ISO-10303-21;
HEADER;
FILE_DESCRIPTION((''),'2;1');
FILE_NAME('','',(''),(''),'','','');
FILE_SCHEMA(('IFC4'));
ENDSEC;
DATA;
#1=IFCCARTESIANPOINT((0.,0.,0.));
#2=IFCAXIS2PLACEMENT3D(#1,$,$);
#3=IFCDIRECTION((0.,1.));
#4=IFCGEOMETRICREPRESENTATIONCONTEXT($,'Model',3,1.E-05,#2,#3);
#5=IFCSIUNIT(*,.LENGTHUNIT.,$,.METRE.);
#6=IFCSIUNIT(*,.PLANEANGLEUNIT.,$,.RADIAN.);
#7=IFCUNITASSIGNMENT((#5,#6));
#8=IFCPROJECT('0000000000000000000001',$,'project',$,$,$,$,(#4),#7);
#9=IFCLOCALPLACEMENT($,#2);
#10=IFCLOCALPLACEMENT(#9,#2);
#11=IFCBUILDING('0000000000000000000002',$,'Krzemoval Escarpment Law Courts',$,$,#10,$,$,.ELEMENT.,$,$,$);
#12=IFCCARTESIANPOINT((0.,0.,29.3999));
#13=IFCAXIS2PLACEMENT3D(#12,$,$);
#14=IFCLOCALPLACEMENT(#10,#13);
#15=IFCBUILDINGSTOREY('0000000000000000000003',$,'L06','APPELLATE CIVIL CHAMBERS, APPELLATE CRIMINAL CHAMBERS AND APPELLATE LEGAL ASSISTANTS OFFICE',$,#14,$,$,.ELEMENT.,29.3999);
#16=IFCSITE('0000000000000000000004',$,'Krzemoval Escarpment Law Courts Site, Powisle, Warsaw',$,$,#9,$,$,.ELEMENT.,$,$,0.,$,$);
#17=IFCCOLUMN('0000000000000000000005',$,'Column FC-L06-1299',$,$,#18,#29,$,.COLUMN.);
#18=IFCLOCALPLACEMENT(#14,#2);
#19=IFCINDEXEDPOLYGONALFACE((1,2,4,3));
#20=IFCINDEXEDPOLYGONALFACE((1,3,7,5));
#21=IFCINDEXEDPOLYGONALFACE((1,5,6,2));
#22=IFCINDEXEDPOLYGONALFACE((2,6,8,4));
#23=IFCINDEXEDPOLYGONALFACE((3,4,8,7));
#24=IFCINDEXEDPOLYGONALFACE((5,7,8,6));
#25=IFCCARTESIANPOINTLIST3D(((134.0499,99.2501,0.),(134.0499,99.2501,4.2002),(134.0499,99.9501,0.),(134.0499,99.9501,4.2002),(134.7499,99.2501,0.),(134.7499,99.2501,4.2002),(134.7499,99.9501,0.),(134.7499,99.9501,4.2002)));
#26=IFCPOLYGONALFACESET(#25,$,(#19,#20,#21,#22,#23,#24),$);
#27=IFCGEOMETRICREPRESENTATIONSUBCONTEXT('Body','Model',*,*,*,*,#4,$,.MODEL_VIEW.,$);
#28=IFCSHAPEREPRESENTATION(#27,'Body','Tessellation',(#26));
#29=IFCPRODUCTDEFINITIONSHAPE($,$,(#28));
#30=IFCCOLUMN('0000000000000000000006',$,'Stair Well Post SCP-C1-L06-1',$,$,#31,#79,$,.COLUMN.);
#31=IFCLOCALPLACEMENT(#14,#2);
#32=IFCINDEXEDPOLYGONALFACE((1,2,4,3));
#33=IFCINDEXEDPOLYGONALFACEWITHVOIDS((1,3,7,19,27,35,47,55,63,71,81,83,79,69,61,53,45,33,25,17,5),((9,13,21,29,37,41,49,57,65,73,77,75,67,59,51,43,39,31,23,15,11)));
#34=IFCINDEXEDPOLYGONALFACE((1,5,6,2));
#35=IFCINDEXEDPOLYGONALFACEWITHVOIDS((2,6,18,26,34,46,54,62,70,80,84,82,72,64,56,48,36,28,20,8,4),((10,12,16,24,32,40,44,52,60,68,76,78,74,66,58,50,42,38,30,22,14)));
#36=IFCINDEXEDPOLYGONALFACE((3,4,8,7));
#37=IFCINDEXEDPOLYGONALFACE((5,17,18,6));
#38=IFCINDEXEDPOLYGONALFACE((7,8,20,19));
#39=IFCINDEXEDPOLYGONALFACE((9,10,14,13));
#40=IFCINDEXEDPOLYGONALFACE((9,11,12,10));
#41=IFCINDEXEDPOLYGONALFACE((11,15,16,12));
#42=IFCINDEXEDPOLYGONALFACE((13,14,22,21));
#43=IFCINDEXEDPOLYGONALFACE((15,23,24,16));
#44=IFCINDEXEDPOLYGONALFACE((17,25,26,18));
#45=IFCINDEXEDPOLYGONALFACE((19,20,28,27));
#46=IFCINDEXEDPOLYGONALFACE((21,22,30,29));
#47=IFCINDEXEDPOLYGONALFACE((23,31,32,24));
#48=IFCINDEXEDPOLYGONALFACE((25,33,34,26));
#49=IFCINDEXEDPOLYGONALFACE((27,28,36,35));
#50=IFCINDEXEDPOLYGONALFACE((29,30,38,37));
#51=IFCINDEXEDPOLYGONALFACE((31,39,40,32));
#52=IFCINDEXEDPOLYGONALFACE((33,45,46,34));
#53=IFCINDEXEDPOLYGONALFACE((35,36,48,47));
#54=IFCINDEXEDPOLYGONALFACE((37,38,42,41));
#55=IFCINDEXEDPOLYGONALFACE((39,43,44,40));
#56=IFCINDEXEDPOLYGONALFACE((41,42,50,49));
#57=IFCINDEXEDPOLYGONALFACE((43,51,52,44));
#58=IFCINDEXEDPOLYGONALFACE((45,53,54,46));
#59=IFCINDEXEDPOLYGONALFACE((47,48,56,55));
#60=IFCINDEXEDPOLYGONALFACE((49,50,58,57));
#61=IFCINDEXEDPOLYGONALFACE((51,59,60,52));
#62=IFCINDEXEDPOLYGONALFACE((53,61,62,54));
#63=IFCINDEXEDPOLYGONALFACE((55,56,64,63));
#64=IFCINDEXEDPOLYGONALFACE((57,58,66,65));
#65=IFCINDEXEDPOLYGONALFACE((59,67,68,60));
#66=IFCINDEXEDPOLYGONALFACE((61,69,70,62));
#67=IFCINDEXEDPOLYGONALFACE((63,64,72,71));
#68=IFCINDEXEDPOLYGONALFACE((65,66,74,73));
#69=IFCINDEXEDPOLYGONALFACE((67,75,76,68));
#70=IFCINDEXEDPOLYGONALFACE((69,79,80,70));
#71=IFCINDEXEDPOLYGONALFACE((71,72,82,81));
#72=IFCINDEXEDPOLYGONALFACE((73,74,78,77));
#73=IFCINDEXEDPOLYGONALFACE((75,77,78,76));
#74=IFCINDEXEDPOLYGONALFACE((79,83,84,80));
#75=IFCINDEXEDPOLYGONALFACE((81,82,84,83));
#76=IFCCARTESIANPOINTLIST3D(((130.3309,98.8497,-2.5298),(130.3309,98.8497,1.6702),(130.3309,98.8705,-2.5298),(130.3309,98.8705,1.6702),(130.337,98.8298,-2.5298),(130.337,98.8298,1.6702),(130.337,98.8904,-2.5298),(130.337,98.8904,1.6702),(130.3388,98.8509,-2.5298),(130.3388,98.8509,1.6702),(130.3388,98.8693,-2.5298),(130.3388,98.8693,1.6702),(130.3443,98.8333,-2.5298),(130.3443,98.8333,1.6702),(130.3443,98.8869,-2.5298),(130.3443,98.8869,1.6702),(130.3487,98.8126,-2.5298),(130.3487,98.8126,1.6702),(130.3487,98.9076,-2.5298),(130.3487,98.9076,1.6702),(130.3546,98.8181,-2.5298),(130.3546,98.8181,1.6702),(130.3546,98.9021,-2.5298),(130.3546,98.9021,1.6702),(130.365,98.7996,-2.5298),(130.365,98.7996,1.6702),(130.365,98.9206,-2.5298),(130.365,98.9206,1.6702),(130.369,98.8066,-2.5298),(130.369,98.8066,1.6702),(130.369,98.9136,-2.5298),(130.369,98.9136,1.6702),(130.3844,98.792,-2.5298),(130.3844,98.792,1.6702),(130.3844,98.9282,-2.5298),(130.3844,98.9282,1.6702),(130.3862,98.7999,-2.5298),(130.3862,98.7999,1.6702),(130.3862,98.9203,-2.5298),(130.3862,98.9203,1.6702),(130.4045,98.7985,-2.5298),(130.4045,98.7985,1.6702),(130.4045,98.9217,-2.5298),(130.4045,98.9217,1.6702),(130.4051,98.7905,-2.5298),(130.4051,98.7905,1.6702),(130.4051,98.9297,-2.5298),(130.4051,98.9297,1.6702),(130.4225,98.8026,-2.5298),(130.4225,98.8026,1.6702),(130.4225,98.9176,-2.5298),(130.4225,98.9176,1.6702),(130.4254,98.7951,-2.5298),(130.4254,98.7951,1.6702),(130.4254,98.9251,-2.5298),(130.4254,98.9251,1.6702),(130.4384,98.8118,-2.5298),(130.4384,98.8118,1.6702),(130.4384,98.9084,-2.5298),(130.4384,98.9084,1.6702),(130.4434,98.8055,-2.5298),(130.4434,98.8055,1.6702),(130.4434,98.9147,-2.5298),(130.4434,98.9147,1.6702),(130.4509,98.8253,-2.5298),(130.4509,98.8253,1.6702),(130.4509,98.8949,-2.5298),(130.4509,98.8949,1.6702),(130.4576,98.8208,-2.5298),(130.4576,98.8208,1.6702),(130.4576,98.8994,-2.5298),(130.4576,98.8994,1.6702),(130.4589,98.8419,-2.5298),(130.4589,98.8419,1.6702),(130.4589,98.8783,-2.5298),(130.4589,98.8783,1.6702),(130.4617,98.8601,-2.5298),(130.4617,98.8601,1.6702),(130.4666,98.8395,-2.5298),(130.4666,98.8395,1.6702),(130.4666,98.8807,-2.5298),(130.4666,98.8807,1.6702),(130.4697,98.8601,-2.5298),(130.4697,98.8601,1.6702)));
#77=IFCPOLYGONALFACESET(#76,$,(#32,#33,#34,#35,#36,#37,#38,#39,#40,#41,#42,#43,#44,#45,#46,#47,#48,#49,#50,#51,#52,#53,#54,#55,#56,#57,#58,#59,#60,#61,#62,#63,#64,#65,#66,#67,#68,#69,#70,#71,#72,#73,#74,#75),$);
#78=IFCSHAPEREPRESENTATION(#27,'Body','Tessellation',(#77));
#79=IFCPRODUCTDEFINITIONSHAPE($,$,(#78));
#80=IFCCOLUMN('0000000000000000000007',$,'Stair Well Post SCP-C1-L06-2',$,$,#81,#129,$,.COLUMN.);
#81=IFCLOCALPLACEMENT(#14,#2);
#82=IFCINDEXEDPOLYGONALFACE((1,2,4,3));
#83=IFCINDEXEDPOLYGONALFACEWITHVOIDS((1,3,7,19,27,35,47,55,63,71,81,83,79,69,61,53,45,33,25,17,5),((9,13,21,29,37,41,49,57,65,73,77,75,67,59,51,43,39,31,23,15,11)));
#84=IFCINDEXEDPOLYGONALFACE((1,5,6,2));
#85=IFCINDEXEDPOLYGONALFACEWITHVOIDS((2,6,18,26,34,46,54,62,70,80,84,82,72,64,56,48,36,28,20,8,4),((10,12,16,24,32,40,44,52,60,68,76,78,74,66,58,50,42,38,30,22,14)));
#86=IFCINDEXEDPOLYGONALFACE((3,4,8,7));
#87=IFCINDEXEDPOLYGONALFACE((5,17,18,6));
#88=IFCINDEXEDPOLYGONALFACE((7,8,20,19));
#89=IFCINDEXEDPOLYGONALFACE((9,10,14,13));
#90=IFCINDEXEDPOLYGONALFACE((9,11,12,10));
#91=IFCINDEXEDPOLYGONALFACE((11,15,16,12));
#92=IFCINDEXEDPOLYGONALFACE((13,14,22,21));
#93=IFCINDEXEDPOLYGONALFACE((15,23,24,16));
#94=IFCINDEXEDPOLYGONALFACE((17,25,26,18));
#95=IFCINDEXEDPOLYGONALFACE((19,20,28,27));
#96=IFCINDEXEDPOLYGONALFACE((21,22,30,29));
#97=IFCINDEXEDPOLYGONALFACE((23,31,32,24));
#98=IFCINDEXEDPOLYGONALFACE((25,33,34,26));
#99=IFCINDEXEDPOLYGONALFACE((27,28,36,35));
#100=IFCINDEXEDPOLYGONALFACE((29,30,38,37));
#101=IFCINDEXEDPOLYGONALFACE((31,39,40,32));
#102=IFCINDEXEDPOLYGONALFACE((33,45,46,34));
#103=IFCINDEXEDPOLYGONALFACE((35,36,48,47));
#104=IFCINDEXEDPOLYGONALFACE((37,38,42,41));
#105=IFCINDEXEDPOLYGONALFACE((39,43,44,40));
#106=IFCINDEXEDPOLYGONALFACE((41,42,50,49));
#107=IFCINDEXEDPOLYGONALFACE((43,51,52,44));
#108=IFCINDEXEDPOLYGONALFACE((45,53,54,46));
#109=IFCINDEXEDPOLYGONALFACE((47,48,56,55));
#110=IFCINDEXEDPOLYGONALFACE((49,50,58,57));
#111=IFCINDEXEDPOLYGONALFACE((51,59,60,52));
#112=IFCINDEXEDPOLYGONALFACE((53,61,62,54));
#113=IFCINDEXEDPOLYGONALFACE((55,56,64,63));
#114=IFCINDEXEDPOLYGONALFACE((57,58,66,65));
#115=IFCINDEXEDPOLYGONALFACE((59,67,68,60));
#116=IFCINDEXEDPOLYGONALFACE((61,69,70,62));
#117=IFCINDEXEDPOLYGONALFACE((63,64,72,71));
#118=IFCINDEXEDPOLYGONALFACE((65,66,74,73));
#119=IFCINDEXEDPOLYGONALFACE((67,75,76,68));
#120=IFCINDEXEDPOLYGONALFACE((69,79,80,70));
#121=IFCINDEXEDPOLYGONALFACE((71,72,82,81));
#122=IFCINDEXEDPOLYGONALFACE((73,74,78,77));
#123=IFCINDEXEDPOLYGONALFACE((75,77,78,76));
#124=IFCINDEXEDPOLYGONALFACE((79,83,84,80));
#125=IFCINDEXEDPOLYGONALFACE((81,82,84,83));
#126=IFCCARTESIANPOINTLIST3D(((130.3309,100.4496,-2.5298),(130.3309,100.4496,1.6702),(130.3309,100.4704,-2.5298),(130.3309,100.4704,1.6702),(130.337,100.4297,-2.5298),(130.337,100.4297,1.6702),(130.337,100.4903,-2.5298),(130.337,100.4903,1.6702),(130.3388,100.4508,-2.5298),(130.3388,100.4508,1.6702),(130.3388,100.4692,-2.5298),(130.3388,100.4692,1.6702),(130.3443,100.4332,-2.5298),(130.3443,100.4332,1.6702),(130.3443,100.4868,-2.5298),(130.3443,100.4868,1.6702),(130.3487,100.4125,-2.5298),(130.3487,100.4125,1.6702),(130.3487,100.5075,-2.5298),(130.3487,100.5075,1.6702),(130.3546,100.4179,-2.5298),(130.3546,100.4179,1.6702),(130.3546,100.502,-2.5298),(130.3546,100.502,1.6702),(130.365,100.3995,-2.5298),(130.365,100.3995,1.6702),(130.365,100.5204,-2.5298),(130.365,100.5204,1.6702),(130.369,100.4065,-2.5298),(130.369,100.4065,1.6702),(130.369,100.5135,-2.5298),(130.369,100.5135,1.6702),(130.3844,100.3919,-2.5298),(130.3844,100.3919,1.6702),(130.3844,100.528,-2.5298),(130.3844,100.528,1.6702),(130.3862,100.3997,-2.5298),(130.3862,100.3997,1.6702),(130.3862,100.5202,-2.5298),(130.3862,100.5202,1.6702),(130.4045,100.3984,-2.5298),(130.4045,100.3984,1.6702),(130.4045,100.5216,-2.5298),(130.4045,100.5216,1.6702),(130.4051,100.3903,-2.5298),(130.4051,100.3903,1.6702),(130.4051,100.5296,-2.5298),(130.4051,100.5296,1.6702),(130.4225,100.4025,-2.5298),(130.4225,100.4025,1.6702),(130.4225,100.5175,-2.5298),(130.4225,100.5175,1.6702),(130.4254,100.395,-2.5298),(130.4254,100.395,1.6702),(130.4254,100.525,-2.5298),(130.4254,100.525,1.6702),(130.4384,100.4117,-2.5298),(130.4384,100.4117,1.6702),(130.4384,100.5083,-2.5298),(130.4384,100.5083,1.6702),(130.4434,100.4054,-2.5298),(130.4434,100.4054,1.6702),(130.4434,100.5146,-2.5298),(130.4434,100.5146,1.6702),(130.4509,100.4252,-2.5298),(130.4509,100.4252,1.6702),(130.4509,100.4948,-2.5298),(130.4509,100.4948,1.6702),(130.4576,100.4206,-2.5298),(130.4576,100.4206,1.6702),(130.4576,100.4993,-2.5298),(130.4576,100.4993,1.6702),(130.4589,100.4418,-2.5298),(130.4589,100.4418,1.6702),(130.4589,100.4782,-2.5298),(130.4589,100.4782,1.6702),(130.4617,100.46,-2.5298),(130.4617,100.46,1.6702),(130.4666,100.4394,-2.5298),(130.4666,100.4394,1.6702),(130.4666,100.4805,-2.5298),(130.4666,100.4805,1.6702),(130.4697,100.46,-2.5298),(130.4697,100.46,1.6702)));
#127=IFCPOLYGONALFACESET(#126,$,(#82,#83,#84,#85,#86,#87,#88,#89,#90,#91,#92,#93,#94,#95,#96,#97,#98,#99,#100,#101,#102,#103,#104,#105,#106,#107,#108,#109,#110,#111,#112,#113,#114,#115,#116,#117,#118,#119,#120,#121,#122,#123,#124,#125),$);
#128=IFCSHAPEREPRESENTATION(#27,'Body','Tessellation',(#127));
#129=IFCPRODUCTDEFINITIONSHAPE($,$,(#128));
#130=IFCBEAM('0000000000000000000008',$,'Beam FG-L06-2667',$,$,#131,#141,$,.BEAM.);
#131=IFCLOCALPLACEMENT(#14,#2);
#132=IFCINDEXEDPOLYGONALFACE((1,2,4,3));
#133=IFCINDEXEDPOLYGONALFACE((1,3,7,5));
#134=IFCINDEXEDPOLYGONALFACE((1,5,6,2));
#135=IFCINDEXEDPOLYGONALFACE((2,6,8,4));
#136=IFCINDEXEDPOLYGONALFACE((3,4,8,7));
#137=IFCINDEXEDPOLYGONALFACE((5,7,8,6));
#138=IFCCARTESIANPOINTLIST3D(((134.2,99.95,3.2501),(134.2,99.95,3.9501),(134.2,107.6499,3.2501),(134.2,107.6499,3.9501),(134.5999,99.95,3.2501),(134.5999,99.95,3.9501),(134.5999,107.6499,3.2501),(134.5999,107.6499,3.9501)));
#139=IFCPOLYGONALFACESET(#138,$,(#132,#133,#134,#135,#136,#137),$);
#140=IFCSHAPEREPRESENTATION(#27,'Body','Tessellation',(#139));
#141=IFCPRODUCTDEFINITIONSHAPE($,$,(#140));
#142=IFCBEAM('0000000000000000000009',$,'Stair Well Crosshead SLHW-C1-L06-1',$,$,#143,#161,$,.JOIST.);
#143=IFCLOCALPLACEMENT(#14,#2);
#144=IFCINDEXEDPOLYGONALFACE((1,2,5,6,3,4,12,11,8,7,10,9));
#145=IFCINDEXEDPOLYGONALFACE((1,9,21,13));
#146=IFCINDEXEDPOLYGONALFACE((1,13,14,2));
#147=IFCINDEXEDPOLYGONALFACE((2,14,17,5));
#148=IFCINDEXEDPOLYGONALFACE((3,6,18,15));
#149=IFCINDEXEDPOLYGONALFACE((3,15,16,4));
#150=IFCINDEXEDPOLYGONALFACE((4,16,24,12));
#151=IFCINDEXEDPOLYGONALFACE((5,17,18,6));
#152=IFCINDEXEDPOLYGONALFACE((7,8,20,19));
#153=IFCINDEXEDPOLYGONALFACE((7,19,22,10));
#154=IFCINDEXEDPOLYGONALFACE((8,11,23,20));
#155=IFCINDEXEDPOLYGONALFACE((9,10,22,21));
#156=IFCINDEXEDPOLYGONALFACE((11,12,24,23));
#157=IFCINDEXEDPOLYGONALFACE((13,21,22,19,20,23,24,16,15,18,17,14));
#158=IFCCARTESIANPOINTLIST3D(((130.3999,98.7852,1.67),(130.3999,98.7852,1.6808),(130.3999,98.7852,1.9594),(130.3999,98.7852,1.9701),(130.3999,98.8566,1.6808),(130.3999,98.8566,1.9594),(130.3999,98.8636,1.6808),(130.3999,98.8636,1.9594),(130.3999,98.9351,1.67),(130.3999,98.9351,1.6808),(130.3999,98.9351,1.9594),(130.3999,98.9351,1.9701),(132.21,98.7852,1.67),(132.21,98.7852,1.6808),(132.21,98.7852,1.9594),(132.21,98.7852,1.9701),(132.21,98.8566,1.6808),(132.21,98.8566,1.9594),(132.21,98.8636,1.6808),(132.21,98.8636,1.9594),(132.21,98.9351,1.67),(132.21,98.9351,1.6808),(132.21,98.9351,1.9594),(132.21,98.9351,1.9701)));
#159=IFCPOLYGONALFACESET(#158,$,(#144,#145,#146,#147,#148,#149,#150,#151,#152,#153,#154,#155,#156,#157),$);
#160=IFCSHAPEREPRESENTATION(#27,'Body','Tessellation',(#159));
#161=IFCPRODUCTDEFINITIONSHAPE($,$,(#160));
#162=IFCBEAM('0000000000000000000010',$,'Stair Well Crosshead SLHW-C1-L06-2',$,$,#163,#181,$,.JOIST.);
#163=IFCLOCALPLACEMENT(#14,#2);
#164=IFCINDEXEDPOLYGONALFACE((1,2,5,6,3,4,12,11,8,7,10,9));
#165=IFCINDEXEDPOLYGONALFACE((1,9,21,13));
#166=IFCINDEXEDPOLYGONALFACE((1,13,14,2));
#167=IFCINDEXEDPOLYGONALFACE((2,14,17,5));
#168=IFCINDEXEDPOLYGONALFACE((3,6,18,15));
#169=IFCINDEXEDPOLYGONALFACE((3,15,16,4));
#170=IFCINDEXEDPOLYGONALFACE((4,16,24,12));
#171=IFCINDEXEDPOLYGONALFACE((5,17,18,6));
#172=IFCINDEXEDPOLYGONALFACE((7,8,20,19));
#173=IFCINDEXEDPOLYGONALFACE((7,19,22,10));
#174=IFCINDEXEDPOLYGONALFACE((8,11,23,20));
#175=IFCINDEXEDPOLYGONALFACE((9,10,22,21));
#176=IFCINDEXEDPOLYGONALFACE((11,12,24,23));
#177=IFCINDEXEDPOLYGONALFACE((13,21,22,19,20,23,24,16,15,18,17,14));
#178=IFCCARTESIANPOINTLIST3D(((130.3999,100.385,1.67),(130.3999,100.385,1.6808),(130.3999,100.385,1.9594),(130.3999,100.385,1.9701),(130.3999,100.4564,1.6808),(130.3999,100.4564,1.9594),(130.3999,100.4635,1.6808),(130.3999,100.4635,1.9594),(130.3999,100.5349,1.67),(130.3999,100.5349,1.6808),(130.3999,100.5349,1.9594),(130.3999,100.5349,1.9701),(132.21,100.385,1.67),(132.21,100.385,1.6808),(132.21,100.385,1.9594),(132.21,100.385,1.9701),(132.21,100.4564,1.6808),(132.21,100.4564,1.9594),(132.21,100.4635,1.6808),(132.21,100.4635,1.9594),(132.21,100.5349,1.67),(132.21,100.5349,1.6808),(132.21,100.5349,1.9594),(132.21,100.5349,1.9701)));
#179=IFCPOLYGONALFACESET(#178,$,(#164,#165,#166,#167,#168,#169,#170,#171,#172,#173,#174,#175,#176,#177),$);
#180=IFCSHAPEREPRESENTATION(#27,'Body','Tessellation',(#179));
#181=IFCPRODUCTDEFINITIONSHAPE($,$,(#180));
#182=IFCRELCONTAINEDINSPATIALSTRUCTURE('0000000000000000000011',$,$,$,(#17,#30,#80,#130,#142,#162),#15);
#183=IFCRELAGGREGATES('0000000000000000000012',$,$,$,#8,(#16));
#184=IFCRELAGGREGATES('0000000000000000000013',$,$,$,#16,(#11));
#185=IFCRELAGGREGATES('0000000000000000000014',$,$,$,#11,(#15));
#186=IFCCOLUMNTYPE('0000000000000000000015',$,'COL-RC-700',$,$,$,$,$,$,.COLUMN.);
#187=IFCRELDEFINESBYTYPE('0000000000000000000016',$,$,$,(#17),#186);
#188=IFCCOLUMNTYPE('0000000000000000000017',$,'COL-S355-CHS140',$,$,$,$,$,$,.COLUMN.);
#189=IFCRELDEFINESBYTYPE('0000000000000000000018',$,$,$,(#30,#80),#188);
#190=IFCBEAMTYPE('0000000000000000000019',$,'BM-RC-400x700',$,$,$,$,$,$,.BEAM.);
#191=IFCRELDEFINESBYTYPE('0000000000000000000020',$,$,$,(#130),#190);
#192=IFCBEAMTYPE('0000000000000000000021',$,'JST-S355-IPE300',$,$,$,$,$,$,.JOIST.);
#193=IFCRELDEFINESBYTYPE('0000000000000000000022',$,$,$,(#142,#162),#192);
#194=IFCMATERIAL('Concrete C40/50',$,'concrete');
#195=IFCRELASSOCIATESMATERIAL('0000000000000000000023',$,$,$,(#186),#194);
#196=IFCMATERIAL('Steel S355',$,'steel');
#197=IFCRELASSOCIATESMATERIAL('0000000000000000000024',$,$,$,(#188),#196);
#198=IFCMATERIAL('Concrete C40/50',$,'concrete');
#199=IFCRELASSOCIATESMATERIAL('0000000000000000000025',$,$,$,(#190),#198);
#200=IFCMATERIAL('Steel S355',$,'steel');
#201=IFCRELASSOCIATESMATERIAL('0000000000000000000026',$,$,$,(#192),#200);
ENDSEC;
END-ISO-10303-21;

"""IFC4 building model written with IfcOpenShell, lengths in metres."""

from ifc_helpers import new_model, si_unit, direction, frame, origin, origin_2d, place, context, subcontext, project, spatial, rectangle, hollow_circle, i_section, extrude, material, material_profile, profile_set, type_object, element, save


model = new_model("IFC4")

# Units and contexts
model_context = context("Model", 3, precision=1e-05, world=origin(), true_north=direction((0.0, 1.0)))
body_context = subcontext(model_context, "Body", "Model", "MODEL_VIEW")
ifc_project = project(units=[si_unit("LENGTHUNIT", "METRE"), si_unit("PLANEANGLEUNIT", "RADIAN")], contexts=[model_context])

# Site, building, storey
site_placement = place(None, origin())
site = spatial("IfcSite", under=ifc_project, at=site_placement, Name="Krzemoval Escarpment Law Courts Site, Powisle, Warsaw", CompositionType="ELEMENT", RefElevation=0.0)
building_placement = place(site_placement, origin())
building = spatial("IfcBuilding", under=site, at=building_placement, Name="Krzemoval Escarpment Law Courts", CompositionType="ELEMENT")
storey_placement = place(building_placement, frame((0.0, 0.0, 29.3999)))
storey = spatial("IfcBuildingStorey", under=building, at=storey_placement, Name="L06", Description="APPELLATE CIVIL CHAMBERS, APPELLATE CRIMINAL CHAMBERS AND APPELLATE LEGAL ASSISTANTS OFFICE", CompositionType="ELEMENT", Elevation=29.3999)

# Columns
ifc_material_1 = material(Name="Concrete C40/50", Category="concrete")
ifc_material_profile_1 = material_profile(ifc_material_1, rectangle(XDim=0.7, YDim=0.7, at=origin_2d()), Name="RC 700x700")
ifc_profile_set_1 = profile_set([ifc_material_profile_1], Name="Concrete C40/50")
column_type_1 = type_object("IfcColumnType", Name="COL-RC-700", PredefinedType="COLUMN", material=ifc_profile_set_1)
column_placement = place(storey_placement, frame((134.3999, 99.6001, 0.0), z_axis=(0.0, 0.0, 1.0), x_axis=(1.0, 0.0, 0.0)))
element("IfcColumn", 1, at=column_placement, inside=storey, type_object=column_type_1, Name="Column FC-L06-1299", PredefinedType="COLUMN", context=body_context, shape_type="SweptSolid", body=[
    extrude(rectangle(XDim=0.7, YDim=0.7, at=origin_2d()), origin(), (0.0, 0.0, 1.0), 4.2002),
])
ifc_material_2 = material(Name="Steel S355", Category="steel")
ifc_material_profile_2 = material_profile(ifc_material_2, hollow_circle(Radius=0.0698, WallThickness=0.0081, at=origin_2d()), Name="CHS 139.7x8")
ifc_profile_set_2 = profile_set([ifc_material_profile_2], Name="Steel S355")
column_type_2 = type_object("IfcColumnType", Name="COL-S355-CHS140", PredefinedType="COLUMN", material=ifc_profile_set_2)
for number, where, z_axis, x_axis, name in (
    (2, (130.3999, 98.8601, -2.5298), (0.0, 0.0, 1.0), (1.0, 0.0, 0.0), "Stair Well Post SCP-C1-L06-1"),
    (3, (130.3999, 100.46, -2.5298), (0.0, 0.0, 1.0), (1.0, 0.0, 0.0), "Stair Well Post SCP-C1-L06-2"),
):
    element("IfcColumn", number, at=place(storey_placement, frame(where, z_axis=z_axis, x_axis=x_axis)), inside=storey, type_object=column_type_2, Name=name, PredefinedType="COLUMN", context=body_context, shape_type="SweptSolid", body=[
        extrude(hollow_circle(Radius=0.0698, WallThickness=0.0081, at=origin_2d()), origin(), (0.0, 0.0, 1.0), 4.2),
    ])

# Beams
ifc_material_3 = material(Name="Concrete C40/50", Category="concrete")
ifc_material_profile_3 = material_profile(ifc_material_3, rectangle(XDim=0.3999, YDim=0.7, at=origin_2d()), Name="RCB 400x700")
ifc_profile_set_3 = profile_set([ifc_material_profile_3], Name="Concrete C40/50")
beam_type_1 = type_object("IfcBeamType", Name="BM-RC-400x700", PredefinedType="BEAM", material=ifc_profile_set_3)
beam_1_placement = place(storey_placement, frame((134.3999, 99.95, 3.6001), z_axis=(0.0, 1.0, 0.0), x_axis=(-1.0, 0.0, 0.0)))
element("IfcBeam", 4, at=beam_1_placement, inside=storey, type_object=beam_type_1, Name="Beam FG-L06-2667", PredefinedType="BEAM", context=body_context, shape_type="SweptSolid", body=[
    extrude(rectangle(XDim=0.3999, YDim=0.7, at=origin_2d()), origin(), (0.0, 0.0, 1.0), 7.7),
])
ifc_material_4 = material(Name="Steel S355", Category="steel")
ifc_material_profile_4 = material_profile(ifc_material_4, i_section(OverallWidth=0.1499, OverallDepth=0.3, WebThickness=0.0071, FlangeThickness=0.0107, at=origin_2d()), Name="IPE 300")
ifc_profile_set_4 = profile_set([ifc_material_profile_4], Name="Steel S355")
beam_type_2 = type_object("IfcBeamType", Name="JST-S355-IPE300", PredefinedType="JOIST", material=ifc_profile_set_4)
for number, where, z_axis, x_axis, name in (
    (5, (130.3999, 98.8601, 1.8201), (1.0, 0.0, 0.0), (0.0, 1.0, 0.0), "Stair Well Crosshead SLHW-C1-L06-1"),
    (6, (130.3999, 100.46, 1.8201), (1.0, 0.0, 0.0), (0.0, 1.0, 0.0), "Stair Well Crosshead SLHW-C1-L06-2"),
):
    element("IfcBeam", number, at=place(storey_placement, frame(where, z_axis=z_axis, x_axis=x_axis)), inside=storey, type_object=beam_type_2, Name=name, PredefinedType="JOIST", context=body_context, shape_type="SweptSolid", body=[
        extrude(i_section(OverallWidth=0.1499, OverallDepth=0.3, WebThickness=0.0071, FlangeThickness=0.0107, at=origin_2d()), origin(), (0.0, 0.0, 1.0), 1.8101),
    ])

save(model, "model.ifc")
